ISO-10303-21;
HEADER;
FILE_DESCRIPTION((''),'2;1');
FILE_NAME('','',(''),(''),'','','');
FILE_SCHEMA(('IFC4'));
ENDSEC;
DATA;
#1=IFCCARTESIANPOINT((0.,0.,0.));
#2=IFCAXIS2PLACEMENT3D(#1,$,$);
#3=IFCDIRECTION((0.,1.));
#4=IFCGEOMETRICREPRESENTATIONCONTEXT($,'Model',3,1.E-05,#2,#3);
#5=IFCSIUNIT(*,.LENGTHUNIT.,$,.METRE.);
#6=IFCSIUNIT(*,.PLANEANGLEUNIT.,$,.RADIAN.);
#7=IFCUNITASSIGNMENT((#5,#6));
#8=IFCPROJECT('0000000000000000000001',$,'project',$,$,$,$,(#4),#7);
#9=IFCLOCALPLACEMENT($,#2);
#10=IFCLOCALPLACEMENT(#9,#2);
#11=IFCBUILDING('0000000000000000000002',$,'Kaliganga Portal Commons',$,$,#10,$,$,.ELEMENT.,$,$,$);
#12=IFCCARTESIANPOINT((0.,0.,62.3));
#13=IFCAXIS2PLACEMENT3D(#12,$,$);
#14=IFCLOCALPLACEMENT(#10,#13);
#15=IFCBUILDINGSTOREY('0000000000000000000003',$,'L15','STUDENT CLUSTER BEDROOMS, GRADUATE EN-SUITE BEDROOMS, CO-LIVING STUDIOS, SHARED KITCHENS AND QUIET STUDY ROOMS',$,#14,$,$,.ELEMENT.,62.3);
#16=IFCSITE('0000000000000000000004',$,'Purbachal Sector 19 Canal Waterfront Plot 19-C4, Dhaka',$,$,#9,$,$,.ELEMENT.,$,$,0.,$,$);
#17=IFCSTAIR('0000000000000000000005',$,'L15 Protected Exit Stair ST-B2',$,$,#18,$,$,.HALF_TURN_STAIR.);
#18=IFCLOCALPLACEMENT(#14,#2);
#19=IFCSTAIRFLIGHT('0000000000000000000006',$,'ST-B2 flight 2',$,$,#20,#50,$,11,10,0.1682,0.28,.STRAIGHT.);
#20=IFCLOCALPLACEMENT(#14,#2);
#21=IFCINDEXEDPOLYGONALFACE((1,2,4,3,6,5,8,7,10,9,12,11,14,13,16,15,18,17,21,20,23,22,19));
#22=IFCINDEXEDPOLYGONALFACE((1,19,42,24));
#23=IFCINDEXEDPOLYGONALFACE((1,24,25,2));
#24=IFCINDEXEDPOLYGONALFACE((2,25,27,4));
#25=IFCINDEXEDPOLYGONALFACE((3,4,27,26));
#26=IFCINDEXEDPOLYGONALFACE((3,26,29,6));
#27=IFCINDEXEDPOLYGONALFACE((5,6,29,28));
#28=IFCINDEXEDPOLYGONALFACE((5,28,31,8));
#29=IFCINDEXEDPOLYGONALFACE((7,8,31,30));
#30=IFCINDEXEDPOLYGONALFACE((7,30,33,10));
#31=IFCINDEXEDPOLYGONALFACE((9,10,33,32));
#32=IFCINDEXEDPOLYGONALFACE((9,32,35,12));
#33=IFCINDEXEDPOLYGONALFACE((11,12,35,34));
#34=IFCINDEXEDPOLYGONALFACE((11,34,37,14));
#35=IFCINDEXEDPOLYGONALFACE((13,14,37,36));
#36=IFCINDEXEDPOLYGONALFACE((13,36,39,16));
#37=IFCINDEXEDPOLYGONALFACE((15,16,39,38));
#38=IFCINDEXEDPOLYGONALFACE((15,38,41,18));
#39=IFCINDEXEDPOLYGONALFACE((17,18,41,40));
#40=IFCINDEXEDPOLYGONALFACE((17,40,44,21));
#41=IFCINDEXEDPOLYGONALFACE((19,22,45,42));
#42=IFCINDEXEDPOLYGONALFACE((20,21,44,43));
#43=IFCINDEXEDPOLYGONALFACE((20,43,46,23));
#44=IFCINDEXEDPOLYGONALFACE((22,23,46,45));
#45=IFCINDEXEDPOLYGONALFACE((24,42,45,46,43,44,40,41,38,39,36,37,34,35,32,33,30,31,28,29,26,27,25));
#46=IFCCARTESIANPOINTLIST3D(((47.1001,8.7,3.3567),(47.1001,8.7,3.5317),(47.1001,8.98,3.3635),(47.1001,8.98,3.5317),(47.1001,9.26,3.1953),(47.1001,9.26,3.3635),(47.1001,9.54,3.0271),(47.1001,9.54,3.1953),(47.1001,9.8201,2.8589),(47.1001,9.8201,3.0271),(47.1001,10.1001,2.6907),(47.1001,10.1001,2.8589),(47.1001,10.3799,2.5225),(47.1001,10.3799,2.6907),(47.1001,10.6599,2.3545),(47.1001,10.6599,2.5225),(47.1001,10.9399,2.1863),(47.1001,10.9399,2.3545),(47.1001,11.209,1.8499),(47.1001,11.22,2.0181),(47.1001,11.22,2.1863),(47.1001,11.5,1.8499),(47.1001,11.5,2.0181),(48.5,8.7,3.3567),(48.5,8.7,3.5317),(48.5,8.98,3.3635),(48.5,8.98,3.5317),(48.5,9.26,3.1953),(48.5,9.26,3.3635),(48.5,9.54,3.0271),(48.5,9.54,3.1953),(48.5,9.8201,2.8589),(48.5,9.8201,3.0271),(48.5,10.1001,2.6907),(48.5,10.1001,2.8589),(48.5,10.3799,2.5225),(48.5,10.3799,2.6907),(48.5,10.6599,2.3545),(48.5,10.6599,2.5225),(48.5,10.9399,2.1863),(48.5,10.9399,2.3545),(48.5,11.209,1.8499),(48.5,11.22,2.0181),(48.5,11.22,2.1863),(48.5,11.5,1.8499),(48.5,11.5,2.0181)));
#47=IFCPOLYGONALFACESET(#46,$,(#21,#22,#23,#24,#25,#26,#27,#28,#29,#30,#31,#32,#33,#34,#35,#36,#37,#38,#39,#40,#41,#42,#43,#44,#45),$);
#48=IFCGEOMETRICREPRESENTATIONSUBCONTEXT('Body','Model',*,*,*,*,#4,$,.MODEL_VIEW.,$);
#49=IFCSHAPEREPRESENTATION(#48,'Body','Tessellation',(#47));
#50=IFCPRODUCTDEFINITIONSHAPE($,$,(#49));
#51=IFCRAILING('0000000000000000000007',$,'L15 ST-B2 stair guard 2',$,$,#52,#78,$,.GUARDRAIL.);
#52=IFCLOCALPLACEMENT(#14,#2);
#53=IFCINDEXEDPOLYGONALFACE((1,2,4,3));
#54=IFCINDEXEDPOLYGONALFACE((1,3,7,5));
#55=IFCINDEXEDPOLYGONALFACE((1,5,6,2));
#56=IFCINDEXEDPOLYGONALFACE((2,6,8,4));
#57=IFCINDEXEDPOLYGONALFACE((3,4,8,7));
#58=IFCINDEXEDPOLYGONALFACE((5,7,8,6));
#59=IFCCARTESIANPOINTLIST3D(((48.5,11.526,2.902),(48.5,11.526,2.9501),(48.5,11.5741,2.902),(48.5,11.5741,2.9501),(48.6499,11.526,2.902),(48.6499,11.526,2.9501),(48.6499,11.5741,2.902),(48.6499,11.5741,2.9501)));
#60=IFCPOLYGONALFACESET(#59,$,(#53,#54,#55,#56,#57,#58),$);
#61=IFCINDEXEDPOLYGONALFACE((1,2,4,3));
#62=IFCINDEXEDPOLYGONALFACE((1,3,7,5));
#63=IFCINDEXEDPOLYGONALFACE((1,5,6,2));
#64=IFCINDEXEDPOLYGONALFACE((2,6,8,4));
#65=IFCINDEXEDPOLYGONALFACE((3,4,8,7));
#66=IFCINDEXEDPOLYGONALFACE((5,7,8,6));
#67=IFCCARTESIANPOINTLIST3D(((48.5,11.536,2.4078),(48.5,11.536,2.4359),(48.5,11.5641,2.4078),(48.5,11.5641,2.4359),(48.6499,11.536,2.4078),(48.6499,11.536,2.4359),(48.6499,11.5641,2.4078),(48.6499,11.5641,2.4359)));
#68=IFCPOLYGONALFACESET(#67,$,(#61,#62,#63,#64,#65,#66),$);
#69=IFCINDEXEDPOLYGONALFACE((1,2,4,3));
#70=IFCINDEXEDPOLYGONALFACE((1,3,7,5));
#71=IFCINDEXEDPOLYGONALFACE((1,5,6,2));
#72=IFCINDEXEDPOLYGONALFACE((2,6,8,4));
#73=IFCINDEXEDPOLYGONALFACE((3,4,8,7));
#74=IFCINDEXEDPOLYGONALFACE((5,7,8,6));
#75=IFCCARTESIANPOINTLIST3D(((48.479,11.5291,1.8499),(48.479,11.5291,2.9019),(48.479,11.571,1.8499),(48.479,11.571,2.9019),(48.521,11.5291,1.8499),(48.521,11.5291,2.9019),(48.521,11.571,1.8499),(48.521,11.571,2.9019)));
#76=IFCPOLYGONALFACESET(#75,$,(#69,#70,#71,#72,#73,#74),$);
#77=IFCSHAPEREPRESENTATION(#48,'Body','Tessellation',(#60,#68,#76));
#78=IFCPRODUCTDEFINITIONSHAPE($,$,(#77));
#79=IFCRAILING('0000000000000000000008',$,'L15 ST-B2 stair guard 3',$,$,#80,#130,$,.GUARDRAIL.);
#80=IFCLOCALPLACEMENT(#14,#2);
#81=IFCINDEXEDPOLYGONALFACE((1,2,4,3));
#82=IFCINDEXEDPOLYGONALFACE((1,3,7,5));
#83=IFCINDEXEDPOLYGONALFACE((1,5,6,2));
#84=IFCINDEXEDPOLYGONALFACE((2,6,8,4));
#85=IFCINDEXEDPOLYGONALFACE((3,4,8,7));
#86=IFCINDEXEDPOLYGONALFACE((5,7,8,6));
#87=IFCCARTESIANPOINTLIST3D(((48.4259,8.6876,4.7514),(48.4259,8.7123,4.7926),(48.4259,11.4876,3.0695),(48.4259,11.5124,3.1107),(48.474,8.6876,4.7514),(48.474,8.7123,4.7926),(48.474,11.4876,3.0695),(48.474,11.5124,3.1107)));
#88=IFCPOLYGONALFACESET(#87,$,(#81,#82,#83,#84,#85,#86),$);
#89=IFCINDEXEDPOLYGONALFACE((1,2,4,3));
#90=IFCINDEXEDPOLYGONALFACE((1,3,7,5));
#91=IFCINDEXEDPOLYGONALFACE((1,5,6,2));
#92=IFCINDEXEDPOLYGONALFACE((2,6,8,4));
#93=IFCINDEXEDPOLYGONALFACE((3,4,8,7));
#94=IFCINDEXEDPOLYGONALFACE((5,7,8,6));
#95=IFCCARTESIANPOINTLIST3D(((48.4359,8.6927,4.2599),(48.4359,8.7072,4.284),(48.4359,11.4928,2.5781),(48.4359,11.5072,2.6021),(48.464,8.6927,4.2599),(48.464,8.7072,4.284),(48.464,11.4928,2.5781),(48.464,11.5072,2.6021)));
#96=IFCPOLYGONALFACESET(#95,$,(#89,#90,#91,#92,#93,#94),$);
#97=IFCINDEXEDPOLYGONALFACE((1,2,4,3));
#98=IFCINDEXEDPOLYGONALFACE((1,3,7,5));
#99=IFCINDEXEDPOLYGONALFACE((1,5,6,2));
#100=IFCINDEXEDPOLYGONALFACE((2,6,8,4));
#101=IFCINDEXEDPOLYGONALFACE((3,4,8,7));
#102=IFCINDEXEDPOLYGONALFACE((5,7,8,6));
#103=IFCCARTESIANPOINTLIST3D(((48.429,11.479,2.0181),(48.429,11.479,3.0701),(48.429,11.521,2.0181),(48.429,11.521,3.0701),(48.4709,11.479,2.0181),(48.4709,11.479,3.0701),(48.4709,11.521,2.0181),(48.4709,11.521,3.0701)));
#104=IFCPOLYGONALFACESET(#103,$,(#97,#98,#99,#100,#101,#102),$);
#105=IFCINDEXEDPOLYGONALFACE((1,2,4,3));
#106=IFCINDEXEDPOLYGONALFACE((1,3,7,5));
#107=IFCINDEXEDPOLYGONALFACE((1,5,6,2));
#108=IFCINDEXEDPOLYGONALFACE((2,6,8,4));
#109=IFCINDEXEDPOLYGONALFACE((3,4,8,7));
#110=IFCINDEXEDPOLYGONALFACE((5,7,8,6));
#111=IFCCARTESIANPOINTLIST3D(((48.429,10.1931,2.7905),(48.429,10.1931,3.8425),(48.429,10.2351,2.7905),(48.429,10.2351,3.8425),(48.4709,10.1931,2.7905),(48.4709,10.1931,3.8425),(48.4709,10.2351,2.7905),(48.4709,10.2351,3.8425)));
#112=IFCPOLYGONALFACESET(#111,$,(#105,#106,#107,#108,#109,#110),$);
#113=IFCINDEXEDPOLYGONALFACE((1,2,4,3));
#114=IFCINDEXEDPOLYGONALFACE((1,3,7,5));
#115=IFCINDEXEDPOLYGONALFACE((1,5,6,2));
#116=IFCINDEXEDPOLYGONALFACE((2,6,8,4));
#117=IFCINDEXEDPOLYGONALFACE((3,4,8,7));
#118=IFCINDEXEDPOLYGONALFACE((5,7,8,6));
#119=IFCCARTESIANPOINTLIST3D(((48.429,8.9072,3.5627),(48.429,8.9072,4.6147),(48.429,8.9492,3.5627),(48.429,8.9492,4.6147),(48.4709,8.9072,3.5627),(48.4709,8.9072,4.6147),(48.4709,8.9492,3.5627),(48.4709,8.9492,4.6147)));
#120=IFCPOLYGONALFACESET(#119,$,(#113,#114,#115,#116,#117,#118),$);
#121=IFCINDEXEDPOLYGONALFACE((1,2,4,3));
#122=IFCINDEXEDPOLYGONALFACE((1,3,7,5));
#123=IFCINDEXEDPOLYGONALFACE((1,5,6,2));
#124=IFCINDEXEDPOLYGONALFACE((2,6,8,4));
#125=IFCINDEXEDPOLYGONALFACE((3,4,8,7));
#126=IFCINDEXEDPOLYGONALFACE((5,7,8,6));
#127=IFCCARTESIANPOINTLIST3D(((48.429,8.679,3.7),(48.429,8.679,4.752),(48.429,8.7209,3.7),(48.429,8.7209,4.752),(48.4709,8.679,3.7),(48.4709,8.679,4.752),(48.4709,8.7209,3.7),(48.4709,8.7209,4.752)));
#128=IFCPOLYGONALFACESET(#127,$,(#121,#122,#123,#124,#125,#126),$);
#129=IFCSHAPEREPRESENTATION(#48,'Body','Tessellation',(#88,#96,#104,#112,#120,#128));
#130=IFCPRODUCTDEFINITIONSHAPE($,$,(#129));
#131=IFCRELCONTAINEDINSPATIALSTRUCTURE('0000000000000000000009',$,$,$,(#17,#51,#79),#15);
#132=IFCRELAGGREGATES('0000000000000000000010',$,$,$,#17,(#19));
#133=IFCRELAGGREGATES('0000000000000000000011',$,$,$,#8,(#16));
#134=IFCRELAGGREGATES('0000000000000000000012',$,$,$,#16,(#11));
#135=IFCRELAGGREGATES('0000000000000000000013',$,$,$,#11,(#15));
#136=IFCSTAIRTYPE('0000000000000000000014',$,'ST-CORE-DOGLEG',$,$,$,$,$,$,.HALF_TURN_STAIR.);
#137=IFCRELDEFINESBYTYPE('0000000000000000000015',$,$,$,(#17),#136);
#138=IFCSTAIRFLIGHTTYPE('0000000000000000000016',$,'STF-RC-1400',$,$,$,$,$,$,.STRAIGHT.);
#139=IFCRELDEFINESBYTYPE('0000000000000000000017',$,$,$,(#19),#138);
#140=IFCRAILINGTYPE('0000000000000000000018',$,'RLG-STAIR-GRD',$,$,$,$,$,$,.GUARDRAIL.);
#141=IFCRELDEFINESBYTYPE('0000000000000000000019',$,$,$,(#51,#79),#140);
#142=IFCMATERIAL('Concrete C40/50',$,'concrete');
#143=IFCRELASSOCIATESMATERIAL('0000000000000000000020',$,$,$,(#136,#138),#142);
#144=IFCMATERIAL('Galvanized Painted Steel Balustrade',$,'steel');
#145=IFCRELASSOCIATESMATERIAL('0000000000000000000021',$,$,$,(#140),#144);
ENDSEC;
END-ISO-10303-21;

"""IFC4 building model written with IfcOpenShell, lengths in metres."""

from ifc_helpers import new_model, si_unit, direction, frame, origin, origin_2d, place, context, subcontext, project, spatial, polyline, rectangle, outline, extrude, material, type_object, element, aggregate, save


model = new_model("IFC4")

# Units and contexts
model_context = context("Model", 3, precision=1e-05, world=origin(), true_north=direction((0.0, 1.0)))
body_context = subcontext(model_context, "Body", "Model", "MODEL_VIEW")
ifc_project = project(units=[si_unit("LENGTHUNIT", "METRE"), si_unit("PLANEANGLEUNIT", "RADIAN")], contexts=[model_context])

# Site, building, storey
site_placement = place(None, origin())
site = spatial("IfcSite", under=ifc_project, at=site_placement, Name="Purbachal Sector 19 Canal Waterfront Plot 19-C4, Dhaka", CompositionType="ELEMENT", RefElevation=0.0)
building_placement = place(site_placement, origin())
building = spatial("IfcBuilding", under=site, at=building_placement, Name="Kaliganga Portal Commons", CompositionType="ELEMENT")
storey_placement = place(building_placement, frame((0.0, 0.0, 62.3)))
storey = spatial("IfcBuildingStorey", under=building, at=storey_placement, Name="L15", Description="STUDENT CLUSTER BEDROOMS, GRADUATE EN-SUITE BEDROOMS, CO-LIVING STUDIOS, SHARED KITCHENS AND QUIET STUDY ROOMS", CompositionType="ELEMENT", Elevation=62.3)

# Stair, stair flight
ifc_material_1 = material(Name="Concrete C40/50", Category="concrete")
stair_type = type_object("IfcStairType", Name="ST-CORE-DOGLEG", PredefinedType="HALF_TURN_STAIR", material=ifc_material_1)
stair_placement = place(storey_placement, origin())
stair = element("IfcStair", 1, at=stair_placement, inside=storey, type_object=stair_type, Name="L15 Protected Exit Stair ST-B2", PredefinedType="HALF_TURN_STAIR")
stair_flight_type = type_object("IfcStairFlightType", Name="STF-RC-1400", PredefinedType="STRAIGHT", material=ifc_material_1)
stair_flight_placement = place(storey_placement, frame((47.8, 11.5, 1.8499), z_axis=(0.0, 0.0, 1.0), x_axis=(0.0, -1.0, 0.0)))
stair_flight = element("IfcStairFlight", 2, at=stair_flight_placement, type_object=stair_flight_type, Name="ST-B2 flight 2", NumberOfRisers=11, NumberOfTreads=10, PredefinedType="STRAIGHT", RiserHeight=0.1682, TreadLength=0.28, context=body_context, shape_type="SweptSolid", body=[
    extrude(outline(polyline([(0.0, 0.0), (0.0, 0.1682), (0.28, 0.1682), (0.28, 0.3364), (0.5601, 0.3364), (0.5601, 0.5046), (0.8401, 0.5046), (0.8401, 0.6726), (1.1201, 0.6726), (1.1201, 0.8408), (1.3999, 0.8408), (1.3999, 1.009), (1.6799, 1.009), (1.6799, 1.1772), (1.96, 1.1772), (1.96, 1.3455), (2.24, 1.3455), (2.24, 1.5137), (2.52, 1.5137), (2.52, 1.6819), (2.8, 1.6819), (2.8, 1.8501), (2.8, 1.5068), (0.291, 0.0), (0.0, 0.0)])), frame((0.0, 0.7, 0.0), z_axis=(0.0, -1.0, 0.0), x_axis=(1.0, 0.0, 0.0)), (0.0, 0.0, 1.0), 1.3999),
])
aggregate(stair, [stair_flight])

# Railings
ifc_material_2 = material(Name="Galvanized Painted Steel Balustrade", Category="steel")
railing_type = type_object("IfcRailingType", Name="RLG-STAIR-GRD", PredefinedType="GUARDRAIL", material=ifc_material_2)
railing_1_placement = place(storey_placement, frame((48.6499, 11.55, 1.8499)))
element("IfcRailing", 3, at=railing_1_placement, inside=storey, type_object=railing_type, Name="L15 ST-B2 stair guard 2", PredefinedType="GUARDRAIL", context=body_context, shape_type="SweptSolid", body=[
    extrude(rectangle(XDim=0.0481, YDim=0.0481, at=origin_2d()), frame((0.0, 0.0, 1.0762), z_axis=(-1.0, 0.0, 0.0), x_axis=(0.0, -1.0, 0.0)), (0.0, 0.0, 1.0), 0.1499),
    extrude(rectangle(XDim=0.0281, YDim=0.0281, at=origin_2d()), frame((0.0, 0.0, 0.572), z_axis=(-1.0, 0.0, 0.0), x_axis=(0.0, -1.0, 0.0)), (0.0, 0.0, 1.0), 0.1499),
    extrude(rectangle(XDim=0.042, YDim=0.042, at=origin_2d()), frame((-0.1499, 0.0, 0.0)), (0.0, 0.0, 1.0), 1.052),
])
railing_2_placement = place(storey_placement, frame((48.45, 11.5, 2.0181)))
element("IfcRailing", 4, at=railing_2_placement, inside=storey, type_object=railing_type, Name="L15 ST-B2 stair guard 3", PredefinedType="GUARDRAIL", context=body_context, shape_type="SweptSolid", body=[
    extrude(rectangle(XDim=0.0481, YDim=0.0481, at=origin_2d()), frame((0.0, 0.0, 1.072), z_axis=(0.0, -0.857242, 0.514913), x_axis=(1.0, 0.0, 0.0)), (0.0, 0.0, 1.0), 3.2664),
    extrude(rectangle(XDim=0.0281, YDim=0.0281, at=origin_2d()), frame((0.0, 0.0, 0.572), z_axis=(0.0, -0.857242, 0.514913), x_axis=(1.0, 0.0, 0.0)), (0.0, 0.0, 1.0), 3.2664),
    extrude(rectangle(XDim=0.042, YDim=0.042, at=origin_2d()), origin(), (0.0, 0.0, 1.0), 1.052),
    extrude(rectangle(XDim=0.042, YDim=0.042, at=origin_2d()), frame((0.0, -1.2859, 0.7725)), (0.0, 0.0, 1.0), 1.052),
    extrude(rectangle(XDim=0.042, YDim=0.042, at=origin_2d()), frame((0.0, -2.5718, 1.5447)), (0.0, 0.0, 1.0), 1.052),
    extrude(rectangle(XDim=0.042, YDim=0.042, at=origin_2d()), frame((0.0, -2.8, 1.6819)), (0.0, 0.0, 1.0), 1.052),
])

save(model, "model.ifc")
